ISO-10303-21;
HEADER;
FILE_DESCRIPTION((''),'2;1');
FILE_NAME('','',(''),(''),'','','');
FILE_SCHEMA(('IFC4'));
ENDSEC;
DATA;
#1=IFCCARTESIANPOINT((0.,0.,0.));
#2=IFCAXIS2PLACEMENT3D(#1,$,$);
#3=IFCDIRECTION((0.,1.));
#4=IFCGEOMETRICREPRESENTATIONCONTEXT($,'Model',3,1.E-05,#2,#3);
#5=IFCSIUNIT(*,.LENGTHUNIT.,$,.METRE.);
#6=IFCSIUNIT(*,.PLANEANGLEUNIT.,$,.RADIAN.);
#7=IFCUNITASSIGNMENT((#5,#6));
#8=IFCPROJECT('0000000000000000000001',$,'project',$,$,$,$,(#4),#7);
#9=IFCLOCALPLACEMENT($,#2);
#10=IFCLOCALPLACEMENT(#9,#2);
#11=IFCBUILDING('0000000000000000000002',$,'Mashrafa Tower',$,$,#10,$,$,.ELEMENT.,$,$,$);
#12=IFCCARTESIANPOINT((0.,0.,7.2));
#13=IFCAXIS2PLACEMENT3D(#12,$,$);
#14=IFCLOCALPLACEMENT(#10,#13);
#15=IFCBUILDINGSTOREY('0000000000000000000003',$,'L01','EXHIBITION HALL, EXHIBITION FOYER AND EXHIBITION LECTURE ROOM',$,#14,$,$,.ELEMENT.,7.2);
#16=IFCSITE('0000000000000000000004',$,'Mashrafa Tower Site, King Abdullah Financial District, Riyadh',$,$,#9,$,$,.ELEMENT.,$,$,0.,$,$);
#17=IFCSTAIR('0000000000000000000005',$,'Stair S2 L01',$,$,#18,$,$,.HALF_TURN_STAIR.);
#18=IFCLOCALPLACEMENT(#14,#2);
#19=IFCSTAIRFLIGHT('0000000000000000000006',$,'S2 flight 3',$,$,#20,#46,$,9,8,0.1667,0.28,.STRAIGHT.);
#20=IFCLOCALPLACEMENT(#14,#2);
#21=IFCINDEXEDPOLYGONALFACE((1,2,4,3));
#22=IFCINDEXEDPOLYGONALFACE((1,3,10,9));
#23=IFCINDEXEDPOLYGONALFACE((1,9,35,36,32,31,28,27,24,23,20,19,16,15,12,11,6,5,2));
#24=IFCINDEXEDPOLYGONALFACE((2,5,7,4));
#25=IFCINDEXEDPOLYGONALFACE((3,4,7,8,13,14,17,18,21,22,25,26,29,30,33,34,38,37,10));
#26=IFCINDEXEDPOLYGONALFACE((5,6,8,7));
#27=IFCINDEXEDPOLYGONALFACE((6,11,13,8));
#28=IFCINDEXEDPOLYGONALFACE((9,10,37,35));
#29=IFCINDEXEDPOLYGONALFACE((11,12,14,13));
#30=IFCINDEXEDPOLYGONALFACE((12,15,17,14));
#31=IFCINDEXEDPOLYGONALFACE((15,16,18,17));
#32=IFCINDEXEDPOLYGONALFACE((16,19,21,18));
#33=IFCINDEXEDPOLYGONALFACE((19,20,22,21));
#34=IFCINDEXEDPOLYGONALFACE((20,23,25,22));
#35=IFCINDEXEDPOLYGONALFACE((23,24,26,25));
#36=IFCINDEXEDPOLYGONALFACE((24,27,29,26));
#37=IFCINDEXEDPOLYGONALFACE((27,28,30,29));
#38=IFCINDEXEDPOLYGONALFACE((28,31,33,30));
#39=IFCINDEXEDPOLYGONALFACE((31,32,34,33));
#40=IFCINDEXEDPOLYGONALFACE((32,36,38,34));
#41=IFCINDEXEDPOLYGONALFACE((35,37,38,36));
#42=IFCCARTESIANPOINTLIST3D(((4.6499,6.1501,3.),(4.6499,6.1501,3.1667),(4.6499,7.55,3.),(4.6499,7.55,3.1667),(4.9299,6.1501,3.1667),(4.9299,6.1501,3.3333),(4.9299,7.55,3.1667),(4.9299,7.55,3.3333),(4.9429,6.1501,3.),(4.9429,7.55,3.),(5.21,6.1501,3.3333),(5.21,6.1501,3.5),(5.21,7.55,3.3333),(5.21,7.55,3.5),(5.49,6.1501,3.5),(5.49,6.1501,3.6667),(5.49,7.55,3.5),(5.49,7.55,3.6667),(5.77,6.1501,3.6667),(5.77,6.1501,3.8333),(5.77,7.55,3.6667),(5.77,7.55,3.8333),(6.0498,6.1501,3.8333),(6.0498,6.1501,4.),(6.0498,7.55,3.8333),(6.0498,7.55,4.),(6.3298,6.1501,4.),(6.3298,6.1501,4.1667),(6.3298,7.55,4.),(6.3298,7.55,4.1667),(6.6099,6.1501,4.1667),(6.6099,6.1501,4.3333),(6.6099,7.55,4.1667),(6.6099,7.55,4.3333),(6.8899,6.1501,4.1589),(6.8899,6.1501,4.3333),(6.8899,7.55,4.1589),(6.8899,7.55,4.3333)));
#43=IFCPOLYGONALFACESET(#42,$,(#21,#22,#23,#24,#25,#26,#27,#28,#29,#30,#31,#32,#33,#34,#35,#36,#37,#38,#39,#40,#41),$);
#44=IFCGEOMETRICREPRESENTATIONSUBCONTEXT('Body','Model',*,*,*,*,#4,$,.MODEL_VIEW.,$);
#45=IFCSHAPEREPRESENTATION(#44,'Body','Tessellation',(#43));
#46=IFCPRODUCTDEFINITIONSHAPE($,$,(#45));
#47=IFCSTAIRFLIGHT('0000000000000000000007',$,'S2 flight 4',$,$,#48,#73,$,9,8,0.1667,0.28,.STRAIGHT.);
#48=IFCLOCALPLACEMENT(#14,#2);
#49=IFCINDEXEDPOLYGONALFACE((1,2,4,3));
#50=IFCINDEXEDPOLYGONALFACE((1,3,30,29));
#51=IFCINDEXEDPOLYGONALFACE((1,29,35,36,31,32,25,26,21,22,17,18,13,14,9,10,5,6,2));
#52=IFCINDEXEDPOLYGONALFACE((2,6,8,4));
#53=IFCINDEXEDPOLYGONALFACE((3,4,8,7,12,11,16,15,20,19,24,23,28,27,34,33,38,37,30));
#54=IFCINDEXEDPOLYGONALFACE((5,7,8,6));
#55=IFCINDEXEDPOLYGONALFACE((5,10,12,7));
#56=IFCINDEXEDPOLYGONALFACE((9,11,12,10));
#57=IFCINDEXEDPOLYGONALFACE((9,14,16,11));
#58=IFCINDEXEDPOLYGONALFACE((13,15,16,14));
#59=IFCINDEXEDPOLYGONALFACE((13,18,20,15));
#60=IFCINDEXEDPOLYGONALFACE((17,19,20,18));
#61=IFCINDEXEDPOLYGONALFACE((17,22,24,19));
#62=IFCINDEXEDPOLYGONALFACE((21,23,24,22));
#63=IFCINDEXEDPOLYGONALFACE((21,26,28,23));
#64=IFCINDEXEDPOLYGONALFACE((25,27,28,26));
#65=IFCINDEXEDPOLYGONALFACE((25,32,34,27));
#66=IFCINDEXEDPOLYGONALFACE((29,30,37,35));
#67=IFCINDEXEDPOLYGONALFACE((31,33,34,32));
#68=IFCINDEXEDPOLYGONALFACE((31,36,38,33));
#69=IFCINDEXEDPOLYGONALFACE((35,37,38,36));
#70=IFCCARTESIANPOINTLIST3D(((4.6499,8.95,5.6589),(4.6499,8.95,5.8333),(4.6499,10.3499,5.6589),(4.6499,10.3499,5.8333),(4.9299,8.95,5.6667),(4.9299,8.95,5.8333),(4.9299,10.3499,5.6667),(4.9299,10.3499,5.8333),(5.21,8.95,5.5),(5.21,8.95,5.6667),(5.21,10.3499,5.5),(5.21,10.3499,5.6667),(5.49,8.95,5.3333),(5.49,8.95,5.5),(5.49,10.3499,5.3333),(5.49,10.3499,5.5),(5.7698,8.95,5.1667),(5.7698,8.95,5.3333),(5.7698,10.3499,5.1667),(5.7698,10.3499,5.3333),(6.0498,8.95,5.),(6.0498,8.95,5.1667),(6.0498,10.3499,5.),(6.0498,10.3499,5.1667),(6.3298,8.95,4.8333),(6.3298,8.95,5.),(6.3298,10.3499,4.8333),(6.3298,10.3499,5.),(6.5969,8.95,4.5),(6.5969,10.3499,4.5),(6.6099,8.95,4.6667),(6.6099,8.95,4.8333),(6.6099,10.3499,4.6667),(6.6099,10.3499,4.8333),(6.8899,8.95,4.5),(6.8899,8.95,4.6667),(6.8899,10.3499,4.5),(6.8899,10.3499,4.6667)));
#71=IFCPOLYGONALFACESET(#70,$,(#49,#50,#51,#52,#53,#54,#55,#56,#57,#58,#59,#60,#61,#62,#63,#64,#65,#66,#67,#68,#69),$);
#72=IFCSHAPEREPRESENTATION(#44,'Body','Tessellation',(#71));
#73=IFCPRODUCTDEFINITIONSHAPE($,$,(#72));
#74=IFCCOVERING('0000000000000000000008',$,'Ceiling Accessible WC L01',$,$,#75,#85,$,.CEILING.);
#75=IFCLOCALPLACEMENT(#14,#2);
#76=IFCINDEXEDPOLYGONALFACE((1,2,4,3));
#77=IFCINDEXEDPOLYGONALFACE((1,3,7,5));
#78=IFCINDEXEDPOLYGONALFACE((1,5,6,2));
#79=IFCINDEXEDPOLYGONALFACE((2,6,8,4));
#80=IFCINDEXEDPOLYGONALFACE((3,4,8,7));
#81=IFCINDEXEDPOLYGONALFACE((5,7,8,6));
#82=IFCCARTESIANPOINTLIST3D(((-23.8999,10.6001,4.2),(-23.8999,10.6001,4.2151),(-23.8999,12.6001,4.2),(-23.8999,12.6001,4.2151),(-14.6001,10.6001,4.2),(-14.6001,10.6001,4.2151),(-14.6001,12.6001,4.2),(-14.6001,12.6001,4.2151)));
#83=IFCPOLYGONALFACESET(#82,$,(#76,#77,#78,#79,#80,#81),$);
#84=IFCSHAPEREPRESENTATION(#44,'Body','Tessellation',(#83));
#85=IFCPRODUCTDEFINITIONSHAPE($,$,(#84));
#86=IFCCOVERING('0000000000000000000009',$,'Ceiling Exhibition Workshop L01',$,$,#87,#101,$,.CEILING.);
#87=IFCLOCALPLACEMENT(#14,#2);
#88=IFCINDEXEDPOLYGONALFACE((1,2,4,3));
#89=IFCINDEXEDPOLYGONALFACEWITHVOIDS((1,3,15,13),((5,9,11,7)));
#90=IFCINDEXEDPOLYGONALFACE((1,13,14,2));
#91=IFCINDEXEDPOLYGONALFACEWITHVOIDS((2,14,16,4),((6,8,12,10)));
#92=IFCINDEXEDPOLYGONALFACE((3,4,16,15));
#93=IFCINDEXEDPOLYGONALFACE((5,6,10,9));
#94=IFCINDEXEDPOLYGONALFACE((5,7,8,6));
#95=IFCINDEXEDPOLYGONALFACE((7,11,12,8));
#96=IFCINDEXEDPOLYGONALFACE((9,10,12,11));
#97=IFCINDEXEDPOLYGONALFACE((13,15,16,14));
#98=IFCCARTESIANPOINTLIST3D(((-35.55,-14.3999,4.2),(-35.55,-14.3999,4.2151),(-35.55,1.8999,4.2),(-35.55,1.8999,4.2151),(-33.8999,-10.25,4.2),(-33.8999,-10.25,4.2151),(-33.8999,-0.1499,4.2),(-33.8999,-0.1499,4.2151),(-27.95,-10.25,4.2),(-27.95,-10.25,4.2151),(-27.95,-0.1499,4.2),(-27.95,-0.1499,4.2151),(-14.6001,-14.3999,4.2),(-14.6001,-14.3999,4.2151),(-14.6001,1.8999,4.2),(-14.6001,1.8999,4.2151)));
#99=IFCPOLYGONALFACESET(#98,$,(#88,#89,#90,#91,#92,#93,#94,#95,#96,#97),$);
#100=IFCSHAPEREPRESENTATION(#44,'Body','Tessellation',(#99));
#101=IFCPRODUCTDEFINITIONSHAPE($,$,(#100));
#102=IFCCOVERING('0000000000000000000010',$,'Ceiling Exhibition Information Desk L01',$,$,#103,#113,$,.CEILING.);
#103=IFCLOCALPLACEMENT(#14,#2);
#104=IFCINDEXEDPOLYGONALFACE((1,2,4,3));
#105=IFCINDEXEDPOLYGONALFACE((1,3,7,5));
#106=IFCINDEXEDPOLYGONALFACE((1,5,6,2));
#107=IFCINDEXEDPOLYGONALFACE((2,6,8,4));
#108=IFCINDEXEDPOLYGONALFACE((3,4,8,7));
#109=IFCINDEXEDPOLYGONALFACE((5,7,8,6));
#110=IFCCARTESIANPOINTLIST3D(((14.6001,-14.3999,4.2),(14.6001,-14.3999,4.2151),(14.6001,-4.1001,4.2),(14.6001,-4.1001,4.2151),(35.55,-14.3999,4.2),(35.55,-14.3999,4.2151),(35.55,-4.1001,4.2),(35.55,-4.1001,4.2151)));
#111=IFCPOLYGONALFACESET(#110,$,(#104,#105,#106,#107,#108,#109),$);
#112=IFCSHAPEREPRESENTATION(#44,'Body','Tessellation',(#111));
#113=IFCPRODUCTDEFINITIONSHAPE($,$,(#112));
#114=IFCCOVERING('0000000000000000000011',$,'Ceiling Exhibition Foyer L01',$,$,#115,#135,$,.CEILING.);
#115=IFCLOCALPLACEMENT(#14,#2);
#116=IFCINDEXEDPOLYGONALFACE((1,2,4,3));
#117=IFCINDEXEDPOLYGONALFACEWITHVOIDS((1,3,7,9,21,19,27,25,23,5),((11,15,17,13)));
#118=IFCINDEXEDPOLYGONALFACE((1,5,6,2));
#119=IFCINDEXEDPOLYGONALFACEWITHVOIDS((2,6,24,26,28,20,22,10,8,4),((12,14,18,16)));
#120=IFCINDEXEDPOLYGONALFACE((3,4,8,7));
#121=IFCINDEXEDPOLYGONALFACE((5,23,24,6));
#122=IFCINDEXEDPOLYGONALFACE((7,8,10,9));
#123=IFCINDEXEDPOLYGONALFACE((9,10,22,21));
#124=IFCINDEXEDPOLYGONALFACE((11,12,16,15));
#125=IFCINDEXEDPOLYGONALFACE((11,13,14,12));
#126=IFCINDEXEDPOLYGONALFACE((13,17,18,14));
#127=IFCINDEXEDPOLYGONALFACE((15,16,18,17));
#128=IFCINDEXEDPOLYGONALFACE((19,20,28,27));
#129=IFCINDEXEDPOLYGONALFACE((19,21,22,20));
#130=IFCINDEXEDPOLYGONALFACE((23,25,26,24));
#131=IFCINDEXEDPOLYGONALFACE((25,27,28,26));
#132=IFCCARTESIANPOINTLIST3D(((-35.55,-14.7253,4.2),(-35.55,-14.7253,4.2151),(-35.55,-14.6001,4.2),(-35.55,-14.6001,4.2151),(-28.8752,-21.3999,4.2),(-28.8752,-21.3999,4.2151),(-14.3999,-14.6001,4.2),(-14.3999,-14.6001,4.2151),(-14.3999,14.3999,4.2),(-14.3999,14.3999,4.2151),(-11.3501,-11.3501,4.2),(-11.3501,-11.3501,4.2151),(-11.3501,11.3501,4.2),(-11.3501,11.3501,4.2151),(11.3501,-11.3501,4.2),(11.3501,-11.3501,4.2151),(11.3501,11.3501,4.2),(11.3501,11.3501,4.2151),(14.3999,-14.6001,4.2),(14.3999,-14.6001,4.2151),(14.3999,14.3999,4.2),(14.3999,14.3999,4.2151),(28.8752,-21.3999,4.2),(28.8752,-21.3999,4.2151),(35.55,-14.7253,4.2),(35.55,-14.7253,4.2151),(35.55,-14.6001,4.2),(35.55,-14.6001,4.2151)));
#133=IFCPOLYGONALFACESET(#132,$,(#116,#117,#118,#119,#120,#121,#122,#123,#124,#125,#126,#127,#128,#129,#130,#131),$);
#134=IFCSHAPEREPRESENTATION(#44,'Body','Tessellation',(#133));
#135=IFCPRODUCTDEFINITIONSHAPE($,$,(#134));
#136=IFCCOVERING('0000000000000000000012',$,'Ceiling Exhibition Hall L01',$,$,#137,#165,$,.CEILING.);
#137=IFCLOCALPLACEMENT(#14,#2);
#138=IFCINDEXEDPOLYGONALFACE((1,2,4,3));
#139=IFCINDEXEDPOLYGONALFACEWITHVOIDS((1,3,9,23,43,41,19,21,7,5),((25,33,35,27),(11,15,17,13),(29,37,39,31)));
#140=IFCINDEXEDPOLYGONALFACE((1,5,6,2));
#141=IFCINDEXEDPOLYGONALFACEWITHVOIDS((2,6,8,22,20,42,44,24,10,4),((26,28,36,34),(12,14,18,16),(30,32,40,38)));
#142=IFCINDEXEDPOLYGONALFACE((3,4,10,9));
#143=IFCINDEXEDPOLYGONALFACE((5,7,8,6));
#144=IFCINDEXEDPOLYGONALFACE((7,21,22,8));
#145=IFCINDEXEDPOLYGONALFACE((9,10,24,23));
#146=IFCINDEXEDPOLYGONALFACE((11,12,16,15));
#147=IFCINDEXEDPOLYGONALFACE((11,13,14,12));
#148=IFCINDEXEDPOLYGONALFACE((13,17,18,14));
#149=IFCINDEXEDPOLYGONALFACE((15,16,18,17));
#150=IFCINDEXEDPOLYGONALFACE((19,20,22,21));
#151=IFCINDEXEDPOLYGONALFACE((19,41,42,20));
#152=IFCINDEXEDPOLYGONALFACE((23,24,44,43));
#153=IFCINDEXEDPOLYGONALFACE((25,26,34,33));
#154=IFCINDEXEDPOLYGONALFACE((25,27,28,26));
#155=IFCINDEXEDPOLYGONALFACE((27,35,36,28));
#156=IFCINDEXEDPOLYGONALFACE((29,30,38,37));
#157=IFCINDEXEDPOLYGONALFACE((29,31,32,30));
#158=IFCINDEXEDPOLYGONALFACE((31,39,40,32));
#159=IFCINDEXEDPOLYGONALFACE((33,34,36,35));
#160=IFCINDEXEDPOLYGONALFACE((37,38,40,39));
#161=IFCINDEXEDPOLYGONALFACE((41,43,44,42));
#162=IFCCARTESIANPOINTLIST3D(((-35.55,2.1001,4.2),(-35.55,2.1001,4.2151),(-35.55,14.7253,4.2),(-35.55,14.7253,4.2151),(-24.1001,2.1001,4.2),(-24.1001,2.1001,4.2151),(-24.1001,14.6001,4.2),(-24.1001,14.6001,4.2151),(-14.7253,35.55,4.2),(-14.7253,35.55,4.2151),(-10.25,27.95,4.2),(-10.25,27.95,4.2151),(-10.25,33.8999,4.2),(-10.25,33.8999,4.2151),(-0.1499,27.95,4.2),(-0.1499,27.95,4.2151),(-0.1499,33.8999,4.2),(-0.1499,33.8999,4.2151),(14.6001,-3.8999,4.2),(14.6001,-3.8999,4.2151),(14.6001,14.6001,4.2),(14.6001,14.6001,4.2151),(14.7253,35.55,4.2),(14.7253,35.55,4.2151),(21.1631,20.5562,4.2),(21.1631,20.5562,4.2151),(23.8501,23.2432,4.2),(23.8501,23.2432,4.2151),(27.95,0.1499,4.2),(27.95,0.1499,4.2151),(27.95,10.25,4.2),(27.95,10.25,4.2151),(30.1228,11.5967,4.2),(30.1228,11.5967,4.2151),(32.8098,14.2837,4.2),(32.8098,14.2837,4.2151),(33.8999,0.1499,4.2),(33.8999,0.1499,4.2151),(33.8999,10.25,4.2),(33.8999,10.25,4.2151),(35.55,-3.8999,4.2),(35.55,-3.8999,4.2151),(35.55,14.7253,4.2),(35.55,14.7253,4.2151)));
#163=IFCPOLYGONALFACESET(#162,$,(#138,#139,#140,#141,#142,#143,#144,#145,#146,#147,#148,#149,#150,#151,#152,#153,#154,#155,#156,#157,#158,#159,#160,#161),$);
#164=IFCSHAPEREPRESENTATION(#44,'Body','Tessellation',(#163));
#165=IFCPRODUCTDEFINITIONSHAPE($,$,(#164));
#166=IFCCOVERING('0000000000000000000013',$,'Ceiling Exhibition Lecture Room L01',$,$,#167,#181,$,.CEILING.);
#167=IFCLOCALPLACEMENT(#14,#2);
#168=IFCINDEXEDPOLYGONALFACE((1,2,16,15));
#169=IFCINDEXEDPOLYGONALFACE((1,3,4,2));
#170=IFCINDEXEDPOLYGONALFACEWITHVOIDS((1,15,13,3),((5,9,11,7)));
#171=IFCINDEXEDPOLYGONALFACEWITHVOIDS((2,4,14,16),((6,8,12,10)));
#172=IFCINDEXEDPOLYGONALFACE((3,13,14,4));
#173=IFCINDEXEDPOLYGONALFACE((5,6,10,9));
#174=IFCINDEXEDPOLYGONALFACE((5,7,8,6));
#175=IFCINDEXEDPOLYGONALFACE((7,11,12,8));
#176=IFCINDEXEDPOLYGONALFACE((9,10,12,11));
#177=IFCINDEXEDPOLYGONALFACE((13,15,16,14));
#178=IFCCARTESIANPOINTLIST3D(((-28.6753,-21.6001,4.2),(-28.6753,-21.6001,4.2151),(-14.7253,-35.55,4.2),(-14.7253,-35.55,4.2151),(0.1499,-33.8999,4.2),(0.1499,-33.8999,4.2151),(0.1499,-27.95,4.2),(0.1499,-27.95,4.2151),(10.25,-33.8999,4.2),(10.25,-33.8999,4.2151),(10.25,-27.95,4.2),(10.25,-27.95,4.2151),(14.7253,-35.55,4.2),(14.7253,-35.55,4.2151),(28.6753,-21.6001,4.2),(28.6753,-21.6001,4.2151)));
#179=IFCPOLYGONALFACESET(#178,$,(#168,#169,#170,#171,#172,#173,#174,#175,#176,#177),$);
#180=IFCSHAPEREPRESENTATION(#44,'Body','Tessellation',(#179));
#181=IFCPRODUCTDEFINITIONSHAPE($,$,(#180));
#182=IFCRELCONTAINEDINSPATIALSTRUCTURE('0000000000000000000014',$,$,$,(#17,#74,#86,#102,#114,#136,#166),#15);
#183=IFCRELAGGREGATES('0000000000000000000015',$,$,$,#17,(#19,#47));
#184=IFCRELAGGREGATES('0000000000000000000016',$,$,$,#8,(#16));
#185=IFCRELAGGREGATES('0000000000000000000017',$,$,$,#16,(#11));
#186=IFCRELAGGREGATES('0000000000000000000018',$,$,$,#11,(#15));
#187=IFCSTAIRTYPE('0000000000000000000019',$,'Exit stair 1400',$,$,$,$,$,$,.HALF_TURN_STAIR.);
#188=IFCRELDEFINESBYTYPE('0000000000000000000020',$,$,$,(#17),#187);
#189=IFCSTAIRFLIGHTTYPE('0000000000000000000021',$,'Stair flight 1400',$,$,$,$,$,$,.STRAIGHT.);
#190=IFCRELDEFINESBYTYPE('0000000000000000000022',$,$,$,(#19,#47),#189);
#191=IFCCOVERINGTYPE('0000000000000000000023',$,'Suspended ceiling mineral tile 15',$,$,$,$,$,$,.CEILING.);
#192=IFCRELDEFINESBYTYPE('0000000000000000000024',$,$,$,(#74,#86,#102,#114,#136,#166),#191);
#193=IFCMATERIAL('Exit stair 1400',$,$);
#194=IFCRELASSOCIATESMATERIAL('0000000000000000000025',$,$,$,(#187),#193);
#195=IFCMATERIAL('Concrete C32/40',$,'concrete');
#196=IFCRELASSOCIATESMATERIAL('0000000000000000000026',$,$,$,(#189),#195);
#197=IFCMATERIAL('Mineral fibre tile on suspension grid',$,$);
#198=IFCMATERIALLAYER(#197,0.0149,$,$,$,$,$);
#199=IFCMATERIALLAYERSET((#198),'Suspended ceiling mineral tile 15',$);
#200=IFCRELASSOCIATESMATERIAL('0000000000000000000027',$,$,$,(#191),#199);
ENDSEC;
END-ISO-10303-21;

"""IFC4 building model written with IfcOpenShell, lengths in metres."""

from ifc_helpers import new_model, si_unit, direction, frame, origin, place, context, subcontext, project, spatial, polyline, outline, extrude, material, layer, layer_set, type_object, element, aggregate, save


model = new_model("IFC4")

# Units and contexts
model_context = context("Model", 3, precision=1e-05, world=origin(), true_north=direction((0.0, 1.0)))
body_context = subcontext(model_context, "Body", "Model", "MODEL_VIEW")
ifc_project = project(units=[si_unit("LENGTHUNIT", "METRE"), si_unit("PLANEANGLEUNIT", "RADIAN")], contexts=[model_context])

# Site, building, storey
site_placement = place(None, origin())
site = spatial("IfcSite", under=ifc_project, at=site_placement, Name="Mashrafa Tower Site, King Abdullah Financial District, Riyadh", CompositionType="ELEMENT", RefElevation=0.0)
building_placement = place(site_placement, origin())
building = spatial("IfcBuilding", under=site, at=building_placement, Name="Mashrafa Tower", CompositionType="ELEMENT")
storey_placement = place(building_placement, frame((0.0, 0.0, 7.2)))
storey = spatial("IfcBuildingStorey", under=building, at=storey_placement, Name="L01", Description="EXHIBITION HALL, EXHIBITION FOYER AND EXHIBITION LECTURE ROOM", CompositionType="ELEMENT", Elevation=7.2)

# Stair, stair flights
ifc_material_1 = material(Name="Exit stair 1400")
stair_type = type_object("IfcStairType", Name="Exit stair 1400", PredefinedType="HALF_TURN_STAIR", material=ifc_material_1)
stair_placement = place(storey_placement, origin())
stair = element("IfcStair", 1, at=stair_placement, inside=storey, type_object=stair_type, Name="Stair S2 L01", PredefinedType="HALF_TURN_STAIR")
ifc_material_2 = material(Name="Concrete C32/40", Category="concrete")
stair_flight_type = type_object("IfcStairFlightType", Name="Stair flight 1400", PredefinedType="STRAIGHT", material=ifc_material_2)
stair_flight_1_placement = place(storey_placement, frame((4.6499, 6.8501, 3.0), z_axis=(0.0, 0.0, 1.0), x_axis=(1.0, 0.0, 0.0)))
stair_flight_1 = element("IfcStairFlight", 2, at=stair_flight_1_placement, type_object=stair_flight_type, Name="S2 flight 3", NumberOfRisers=9, NumberOfTreads=8, PredefinedType="STRAIGHT", RiserHeight=0.1667, TreadLength=0.28, context=body_context, shape_type="SweptSolid", body=[
    extrude(outline(polyline([(0.0, 0.0), (0.0, 0.1667), (0.28, 0.1667), (0.28, 0.3333), (0.5601, 0.3333), (0.5601, 0.5), (0.8401, 0.5), (0.8401, 0.6667), (1.1201, 0.6667), (1.1201, 0.8333), (1.3999, 0.8333), (1.3999, 1.0), (1.6799, 1.0), (1.6799, 1.1667), (1.96, 1.1667), (1.96, 1.3333), (2.24, 1.3333), (2.24, 1.5), (2.24, 1.1589), (0.293, 0.0), (0.0, 0.0)])), frame((0.0, 0.7, 0.0), z_axis=(0.0, -1.0, 0.0), x_axis=(1.0, 0.0, 0.0)), (0.0, 0.0, 1.0), 1.3999),
])
stair_flight_2_placement = place(storey_placement, frame((6.8899, 9.6499, 4.5), z_axis=(0.0, 0.0, 1.0), x_axis=(-1.0, 0.0, 0.0)))
stair_flight_2 = element("IfcStairFlight", 3, at=stair_flight_2_placement, type_object=stair_flight_type, Name="S2 flight 4", NumberOfRisers=9, NumberOfTreads=8, PredefinedType="STRAIGHT", RiserHeight=0.1667, TreadLength=0.28, context=body_context, shape_type="SweptSolid", body=[
    extrude(outline(polyline([(0.0, 0.0), (0.0, 0.1667), (0.28, 0.1667), (0.28, 0.3333), (0.5601, 0.3333), (0.5601, 0.5), (0.8401, 0.5), (0.8401, 0.6667), (1.1201, 0.6667), (1.1201, 0.8333), (1.3999, 0.8333), (1.3999, 1.0), (1.6799, 1.0), (1.6799, 1.1667), (1.96, 1.1667), (1.96, 1.3333), (2.24, 1.3333), (2.24, 1.5), (2.24, 1.1589), (0.293, 0.0), (0.0, 0.0)])), frame((0.0, 0.7, 0.0), z_axis=(0.0, -1.0, 0.0), x_axis=(1.0, 0.0, 0.0)), (0.0, 0.0, 1.0), 1.3999),
])
aggregate(stair, [stair_flight_1, stair_flight_2])

# Coverings
ifc_material_3 = material(Name="Mineral fibre tile on suspension grid")
ifc_layer_1 = layer(ifc_material_3, 0.0149)
ifc_layer_set_1 = layer_set([ifc_layer_1], Name="Suspended ceiling mineral tile 15")
covering_type = type_object("IfcCoveringType", Name="Suspended ceiling mineral tile 15", PredefinedType="CEILING", material=ifc_layer_set_1)
covering_1_placement = place(storey_placement, frame((0.0, 0.0, 4.2)))
element("IfcCovering", 4, at=covering_1_placement, inside=storey, type_object=covering_type, Name="Ceiling Accessible WC L01", PredefinedType="CEILING", context=body_context, shape_type="SweptSolid", body=[
    extrude(outline(polyline([(-23.8999, 12.6001), (-14.6001, 12.6001), (-14.6001, 10.6001), (-23.8999, 10.6001), (-23.8999, 12.6001)])), origin(), (0.0, 0.0, 1.0), 0.0151),
])
covering_2_placement = place(storey_placement, frame((0.0, 0.0, 4.2)))
element("IfcCovering", 5, at=covering_2_placement, inside=storey, type_object=covering_type, Name="Ceiling Exhibition Workshop L01", PredefinedType="CEILING", context=body_context, shape_type="SweptSolid", body=[
    extrude(outline(polyline([(-14.6001, -14.3999), (-35.55, -14.3999), (-35.55, 1.8999), (-14.6001, 1.8999), (-14.6001, -14.3999)]), holes=[polyline([(-33.8999, -0.1499), (-33.8999, -10.25), (-27.95, -10.25), (-27.95, -0.1499), (-33.8999, -0.1499)])]), origin(), (0.0, 0.0, 1.0), 0.0151),
])
covering_3_placement = place(storey_placement, frame((0.0, 0.0, 4.2)))
element("IfcCovering", 6, at=covering_3_placement, inside=storey, type_object=covering_type, Name="Ceiling Exhibition Information Desk L01", PredefinedType="CEILING", context=body_context, shape_type="SweptSolid", body=[
    extrude(outline(polyline([(14.6001, -4.1001), (35.55, -4.1001), (35.55, -14.3999), (14.6001, -14.3999), (14.6001, -4.1001)])), origin(), (0.0, 0.0, 1.0), 0.0151),
])
covering_4_placement = place(storey_placement, frame((0.0, 0.0, 4.2)))
element("IfcCovering", 7, at=covering_4_placement, inside=storey, type_object=covering_type, Name="Ceiling Exhibition Foyer L01", PredefinedType="CEILING", context=body_context, shape_type="SweptSolid", body=[
    extrude(outline(polyline([(-35.55, -14.7253), (-35.55, -14.6001), (-14.3999, -14.6001), (-14.3999, 14.3999), (14.3999, 14.3999), (14.3999, -14.6001), (35.55, -14.6001), (35.55, -14.7253), (28.8752, -21.3999), (-28.8752, -21.3999), (-35.55, -14.7253)]), holes=[polyline([(-11.3501, -11.3501), (11.3501, -11.3501), (11.3501, 11.3501), (-11.3501, 11.3501), (-11.3501, -11.3501)])]), origin(), (0.0, 0.0, 1.0), 0.0151),
])
covering_5_placement = place(storey_placement, frame((0.0, 0.0, 4.2)))
element("IfcCovering", 8, at=covering_5_placement, inside=storey, type_object=covering_type, Name="Ceiling Exhibition Hall L01", PredefinedType="CEILING", context=body_context, shape_type="SweptSolid", body=[
    extrude(outline(polyline([(-35.55, 14.7253), (-14.7253, 35.55), (14.7253, 35.55), (35.55, 14.7253), (35.55, -3.8999), (14.6001, -3.8999), (14.6001, 14.6001), (-24.1001, 14.6001), (-24.1001, 2.1001), (-35.55, 2.1001), (-35.55, 14.7253)]), holes=[polyline([(33.8999, 10.25), (27.95, 10.25), (27.95, 0.1499), (33.8999, 0.1499), (33.8999, 10.25)]), polyline([(32.8098, 14.2837), (23.8501, 23.2432), (21.1631, 20.5562), (30.1228, 11.5967), (32.8098, 14.2837)]), polyline([(-10.25, 33.8999), (-10.25, 27.95), (-0.1499, 27.95), (-0.1499, 33.8999), (-10.25, 33.8999)])]), origin(), (0.0, 0.0, 1.0), 0.0151),
])
covering_6_placement = place(storey_placement, frame((0.0, 0.0, 4.2)))
element("IfcCovering", 9, at=covering_6_placement, inside=storey, type_object=covering_type, Name="Ceiling Exhibition Lecture Room L01", PredefinedType="CEILING", context=body_context, shape_type="SweptSolid", body=[
    extrude(outline(polyline([(14.7253, -35.55), (-14.7253, -35.55), (-28.6753, -21.6001), (28.6753, -21.6001), (14.7253, -35.55)]), holes=[polyline([(10.25, -33.8999), (10.25, -27.95), (0.1499, -27.95), (0.1499, -33.8999), (10.25, -33.8999)])]), origin(), (0.0, 0.0, 1.0), 0.0151),
])

save(model, "model.ifc")
